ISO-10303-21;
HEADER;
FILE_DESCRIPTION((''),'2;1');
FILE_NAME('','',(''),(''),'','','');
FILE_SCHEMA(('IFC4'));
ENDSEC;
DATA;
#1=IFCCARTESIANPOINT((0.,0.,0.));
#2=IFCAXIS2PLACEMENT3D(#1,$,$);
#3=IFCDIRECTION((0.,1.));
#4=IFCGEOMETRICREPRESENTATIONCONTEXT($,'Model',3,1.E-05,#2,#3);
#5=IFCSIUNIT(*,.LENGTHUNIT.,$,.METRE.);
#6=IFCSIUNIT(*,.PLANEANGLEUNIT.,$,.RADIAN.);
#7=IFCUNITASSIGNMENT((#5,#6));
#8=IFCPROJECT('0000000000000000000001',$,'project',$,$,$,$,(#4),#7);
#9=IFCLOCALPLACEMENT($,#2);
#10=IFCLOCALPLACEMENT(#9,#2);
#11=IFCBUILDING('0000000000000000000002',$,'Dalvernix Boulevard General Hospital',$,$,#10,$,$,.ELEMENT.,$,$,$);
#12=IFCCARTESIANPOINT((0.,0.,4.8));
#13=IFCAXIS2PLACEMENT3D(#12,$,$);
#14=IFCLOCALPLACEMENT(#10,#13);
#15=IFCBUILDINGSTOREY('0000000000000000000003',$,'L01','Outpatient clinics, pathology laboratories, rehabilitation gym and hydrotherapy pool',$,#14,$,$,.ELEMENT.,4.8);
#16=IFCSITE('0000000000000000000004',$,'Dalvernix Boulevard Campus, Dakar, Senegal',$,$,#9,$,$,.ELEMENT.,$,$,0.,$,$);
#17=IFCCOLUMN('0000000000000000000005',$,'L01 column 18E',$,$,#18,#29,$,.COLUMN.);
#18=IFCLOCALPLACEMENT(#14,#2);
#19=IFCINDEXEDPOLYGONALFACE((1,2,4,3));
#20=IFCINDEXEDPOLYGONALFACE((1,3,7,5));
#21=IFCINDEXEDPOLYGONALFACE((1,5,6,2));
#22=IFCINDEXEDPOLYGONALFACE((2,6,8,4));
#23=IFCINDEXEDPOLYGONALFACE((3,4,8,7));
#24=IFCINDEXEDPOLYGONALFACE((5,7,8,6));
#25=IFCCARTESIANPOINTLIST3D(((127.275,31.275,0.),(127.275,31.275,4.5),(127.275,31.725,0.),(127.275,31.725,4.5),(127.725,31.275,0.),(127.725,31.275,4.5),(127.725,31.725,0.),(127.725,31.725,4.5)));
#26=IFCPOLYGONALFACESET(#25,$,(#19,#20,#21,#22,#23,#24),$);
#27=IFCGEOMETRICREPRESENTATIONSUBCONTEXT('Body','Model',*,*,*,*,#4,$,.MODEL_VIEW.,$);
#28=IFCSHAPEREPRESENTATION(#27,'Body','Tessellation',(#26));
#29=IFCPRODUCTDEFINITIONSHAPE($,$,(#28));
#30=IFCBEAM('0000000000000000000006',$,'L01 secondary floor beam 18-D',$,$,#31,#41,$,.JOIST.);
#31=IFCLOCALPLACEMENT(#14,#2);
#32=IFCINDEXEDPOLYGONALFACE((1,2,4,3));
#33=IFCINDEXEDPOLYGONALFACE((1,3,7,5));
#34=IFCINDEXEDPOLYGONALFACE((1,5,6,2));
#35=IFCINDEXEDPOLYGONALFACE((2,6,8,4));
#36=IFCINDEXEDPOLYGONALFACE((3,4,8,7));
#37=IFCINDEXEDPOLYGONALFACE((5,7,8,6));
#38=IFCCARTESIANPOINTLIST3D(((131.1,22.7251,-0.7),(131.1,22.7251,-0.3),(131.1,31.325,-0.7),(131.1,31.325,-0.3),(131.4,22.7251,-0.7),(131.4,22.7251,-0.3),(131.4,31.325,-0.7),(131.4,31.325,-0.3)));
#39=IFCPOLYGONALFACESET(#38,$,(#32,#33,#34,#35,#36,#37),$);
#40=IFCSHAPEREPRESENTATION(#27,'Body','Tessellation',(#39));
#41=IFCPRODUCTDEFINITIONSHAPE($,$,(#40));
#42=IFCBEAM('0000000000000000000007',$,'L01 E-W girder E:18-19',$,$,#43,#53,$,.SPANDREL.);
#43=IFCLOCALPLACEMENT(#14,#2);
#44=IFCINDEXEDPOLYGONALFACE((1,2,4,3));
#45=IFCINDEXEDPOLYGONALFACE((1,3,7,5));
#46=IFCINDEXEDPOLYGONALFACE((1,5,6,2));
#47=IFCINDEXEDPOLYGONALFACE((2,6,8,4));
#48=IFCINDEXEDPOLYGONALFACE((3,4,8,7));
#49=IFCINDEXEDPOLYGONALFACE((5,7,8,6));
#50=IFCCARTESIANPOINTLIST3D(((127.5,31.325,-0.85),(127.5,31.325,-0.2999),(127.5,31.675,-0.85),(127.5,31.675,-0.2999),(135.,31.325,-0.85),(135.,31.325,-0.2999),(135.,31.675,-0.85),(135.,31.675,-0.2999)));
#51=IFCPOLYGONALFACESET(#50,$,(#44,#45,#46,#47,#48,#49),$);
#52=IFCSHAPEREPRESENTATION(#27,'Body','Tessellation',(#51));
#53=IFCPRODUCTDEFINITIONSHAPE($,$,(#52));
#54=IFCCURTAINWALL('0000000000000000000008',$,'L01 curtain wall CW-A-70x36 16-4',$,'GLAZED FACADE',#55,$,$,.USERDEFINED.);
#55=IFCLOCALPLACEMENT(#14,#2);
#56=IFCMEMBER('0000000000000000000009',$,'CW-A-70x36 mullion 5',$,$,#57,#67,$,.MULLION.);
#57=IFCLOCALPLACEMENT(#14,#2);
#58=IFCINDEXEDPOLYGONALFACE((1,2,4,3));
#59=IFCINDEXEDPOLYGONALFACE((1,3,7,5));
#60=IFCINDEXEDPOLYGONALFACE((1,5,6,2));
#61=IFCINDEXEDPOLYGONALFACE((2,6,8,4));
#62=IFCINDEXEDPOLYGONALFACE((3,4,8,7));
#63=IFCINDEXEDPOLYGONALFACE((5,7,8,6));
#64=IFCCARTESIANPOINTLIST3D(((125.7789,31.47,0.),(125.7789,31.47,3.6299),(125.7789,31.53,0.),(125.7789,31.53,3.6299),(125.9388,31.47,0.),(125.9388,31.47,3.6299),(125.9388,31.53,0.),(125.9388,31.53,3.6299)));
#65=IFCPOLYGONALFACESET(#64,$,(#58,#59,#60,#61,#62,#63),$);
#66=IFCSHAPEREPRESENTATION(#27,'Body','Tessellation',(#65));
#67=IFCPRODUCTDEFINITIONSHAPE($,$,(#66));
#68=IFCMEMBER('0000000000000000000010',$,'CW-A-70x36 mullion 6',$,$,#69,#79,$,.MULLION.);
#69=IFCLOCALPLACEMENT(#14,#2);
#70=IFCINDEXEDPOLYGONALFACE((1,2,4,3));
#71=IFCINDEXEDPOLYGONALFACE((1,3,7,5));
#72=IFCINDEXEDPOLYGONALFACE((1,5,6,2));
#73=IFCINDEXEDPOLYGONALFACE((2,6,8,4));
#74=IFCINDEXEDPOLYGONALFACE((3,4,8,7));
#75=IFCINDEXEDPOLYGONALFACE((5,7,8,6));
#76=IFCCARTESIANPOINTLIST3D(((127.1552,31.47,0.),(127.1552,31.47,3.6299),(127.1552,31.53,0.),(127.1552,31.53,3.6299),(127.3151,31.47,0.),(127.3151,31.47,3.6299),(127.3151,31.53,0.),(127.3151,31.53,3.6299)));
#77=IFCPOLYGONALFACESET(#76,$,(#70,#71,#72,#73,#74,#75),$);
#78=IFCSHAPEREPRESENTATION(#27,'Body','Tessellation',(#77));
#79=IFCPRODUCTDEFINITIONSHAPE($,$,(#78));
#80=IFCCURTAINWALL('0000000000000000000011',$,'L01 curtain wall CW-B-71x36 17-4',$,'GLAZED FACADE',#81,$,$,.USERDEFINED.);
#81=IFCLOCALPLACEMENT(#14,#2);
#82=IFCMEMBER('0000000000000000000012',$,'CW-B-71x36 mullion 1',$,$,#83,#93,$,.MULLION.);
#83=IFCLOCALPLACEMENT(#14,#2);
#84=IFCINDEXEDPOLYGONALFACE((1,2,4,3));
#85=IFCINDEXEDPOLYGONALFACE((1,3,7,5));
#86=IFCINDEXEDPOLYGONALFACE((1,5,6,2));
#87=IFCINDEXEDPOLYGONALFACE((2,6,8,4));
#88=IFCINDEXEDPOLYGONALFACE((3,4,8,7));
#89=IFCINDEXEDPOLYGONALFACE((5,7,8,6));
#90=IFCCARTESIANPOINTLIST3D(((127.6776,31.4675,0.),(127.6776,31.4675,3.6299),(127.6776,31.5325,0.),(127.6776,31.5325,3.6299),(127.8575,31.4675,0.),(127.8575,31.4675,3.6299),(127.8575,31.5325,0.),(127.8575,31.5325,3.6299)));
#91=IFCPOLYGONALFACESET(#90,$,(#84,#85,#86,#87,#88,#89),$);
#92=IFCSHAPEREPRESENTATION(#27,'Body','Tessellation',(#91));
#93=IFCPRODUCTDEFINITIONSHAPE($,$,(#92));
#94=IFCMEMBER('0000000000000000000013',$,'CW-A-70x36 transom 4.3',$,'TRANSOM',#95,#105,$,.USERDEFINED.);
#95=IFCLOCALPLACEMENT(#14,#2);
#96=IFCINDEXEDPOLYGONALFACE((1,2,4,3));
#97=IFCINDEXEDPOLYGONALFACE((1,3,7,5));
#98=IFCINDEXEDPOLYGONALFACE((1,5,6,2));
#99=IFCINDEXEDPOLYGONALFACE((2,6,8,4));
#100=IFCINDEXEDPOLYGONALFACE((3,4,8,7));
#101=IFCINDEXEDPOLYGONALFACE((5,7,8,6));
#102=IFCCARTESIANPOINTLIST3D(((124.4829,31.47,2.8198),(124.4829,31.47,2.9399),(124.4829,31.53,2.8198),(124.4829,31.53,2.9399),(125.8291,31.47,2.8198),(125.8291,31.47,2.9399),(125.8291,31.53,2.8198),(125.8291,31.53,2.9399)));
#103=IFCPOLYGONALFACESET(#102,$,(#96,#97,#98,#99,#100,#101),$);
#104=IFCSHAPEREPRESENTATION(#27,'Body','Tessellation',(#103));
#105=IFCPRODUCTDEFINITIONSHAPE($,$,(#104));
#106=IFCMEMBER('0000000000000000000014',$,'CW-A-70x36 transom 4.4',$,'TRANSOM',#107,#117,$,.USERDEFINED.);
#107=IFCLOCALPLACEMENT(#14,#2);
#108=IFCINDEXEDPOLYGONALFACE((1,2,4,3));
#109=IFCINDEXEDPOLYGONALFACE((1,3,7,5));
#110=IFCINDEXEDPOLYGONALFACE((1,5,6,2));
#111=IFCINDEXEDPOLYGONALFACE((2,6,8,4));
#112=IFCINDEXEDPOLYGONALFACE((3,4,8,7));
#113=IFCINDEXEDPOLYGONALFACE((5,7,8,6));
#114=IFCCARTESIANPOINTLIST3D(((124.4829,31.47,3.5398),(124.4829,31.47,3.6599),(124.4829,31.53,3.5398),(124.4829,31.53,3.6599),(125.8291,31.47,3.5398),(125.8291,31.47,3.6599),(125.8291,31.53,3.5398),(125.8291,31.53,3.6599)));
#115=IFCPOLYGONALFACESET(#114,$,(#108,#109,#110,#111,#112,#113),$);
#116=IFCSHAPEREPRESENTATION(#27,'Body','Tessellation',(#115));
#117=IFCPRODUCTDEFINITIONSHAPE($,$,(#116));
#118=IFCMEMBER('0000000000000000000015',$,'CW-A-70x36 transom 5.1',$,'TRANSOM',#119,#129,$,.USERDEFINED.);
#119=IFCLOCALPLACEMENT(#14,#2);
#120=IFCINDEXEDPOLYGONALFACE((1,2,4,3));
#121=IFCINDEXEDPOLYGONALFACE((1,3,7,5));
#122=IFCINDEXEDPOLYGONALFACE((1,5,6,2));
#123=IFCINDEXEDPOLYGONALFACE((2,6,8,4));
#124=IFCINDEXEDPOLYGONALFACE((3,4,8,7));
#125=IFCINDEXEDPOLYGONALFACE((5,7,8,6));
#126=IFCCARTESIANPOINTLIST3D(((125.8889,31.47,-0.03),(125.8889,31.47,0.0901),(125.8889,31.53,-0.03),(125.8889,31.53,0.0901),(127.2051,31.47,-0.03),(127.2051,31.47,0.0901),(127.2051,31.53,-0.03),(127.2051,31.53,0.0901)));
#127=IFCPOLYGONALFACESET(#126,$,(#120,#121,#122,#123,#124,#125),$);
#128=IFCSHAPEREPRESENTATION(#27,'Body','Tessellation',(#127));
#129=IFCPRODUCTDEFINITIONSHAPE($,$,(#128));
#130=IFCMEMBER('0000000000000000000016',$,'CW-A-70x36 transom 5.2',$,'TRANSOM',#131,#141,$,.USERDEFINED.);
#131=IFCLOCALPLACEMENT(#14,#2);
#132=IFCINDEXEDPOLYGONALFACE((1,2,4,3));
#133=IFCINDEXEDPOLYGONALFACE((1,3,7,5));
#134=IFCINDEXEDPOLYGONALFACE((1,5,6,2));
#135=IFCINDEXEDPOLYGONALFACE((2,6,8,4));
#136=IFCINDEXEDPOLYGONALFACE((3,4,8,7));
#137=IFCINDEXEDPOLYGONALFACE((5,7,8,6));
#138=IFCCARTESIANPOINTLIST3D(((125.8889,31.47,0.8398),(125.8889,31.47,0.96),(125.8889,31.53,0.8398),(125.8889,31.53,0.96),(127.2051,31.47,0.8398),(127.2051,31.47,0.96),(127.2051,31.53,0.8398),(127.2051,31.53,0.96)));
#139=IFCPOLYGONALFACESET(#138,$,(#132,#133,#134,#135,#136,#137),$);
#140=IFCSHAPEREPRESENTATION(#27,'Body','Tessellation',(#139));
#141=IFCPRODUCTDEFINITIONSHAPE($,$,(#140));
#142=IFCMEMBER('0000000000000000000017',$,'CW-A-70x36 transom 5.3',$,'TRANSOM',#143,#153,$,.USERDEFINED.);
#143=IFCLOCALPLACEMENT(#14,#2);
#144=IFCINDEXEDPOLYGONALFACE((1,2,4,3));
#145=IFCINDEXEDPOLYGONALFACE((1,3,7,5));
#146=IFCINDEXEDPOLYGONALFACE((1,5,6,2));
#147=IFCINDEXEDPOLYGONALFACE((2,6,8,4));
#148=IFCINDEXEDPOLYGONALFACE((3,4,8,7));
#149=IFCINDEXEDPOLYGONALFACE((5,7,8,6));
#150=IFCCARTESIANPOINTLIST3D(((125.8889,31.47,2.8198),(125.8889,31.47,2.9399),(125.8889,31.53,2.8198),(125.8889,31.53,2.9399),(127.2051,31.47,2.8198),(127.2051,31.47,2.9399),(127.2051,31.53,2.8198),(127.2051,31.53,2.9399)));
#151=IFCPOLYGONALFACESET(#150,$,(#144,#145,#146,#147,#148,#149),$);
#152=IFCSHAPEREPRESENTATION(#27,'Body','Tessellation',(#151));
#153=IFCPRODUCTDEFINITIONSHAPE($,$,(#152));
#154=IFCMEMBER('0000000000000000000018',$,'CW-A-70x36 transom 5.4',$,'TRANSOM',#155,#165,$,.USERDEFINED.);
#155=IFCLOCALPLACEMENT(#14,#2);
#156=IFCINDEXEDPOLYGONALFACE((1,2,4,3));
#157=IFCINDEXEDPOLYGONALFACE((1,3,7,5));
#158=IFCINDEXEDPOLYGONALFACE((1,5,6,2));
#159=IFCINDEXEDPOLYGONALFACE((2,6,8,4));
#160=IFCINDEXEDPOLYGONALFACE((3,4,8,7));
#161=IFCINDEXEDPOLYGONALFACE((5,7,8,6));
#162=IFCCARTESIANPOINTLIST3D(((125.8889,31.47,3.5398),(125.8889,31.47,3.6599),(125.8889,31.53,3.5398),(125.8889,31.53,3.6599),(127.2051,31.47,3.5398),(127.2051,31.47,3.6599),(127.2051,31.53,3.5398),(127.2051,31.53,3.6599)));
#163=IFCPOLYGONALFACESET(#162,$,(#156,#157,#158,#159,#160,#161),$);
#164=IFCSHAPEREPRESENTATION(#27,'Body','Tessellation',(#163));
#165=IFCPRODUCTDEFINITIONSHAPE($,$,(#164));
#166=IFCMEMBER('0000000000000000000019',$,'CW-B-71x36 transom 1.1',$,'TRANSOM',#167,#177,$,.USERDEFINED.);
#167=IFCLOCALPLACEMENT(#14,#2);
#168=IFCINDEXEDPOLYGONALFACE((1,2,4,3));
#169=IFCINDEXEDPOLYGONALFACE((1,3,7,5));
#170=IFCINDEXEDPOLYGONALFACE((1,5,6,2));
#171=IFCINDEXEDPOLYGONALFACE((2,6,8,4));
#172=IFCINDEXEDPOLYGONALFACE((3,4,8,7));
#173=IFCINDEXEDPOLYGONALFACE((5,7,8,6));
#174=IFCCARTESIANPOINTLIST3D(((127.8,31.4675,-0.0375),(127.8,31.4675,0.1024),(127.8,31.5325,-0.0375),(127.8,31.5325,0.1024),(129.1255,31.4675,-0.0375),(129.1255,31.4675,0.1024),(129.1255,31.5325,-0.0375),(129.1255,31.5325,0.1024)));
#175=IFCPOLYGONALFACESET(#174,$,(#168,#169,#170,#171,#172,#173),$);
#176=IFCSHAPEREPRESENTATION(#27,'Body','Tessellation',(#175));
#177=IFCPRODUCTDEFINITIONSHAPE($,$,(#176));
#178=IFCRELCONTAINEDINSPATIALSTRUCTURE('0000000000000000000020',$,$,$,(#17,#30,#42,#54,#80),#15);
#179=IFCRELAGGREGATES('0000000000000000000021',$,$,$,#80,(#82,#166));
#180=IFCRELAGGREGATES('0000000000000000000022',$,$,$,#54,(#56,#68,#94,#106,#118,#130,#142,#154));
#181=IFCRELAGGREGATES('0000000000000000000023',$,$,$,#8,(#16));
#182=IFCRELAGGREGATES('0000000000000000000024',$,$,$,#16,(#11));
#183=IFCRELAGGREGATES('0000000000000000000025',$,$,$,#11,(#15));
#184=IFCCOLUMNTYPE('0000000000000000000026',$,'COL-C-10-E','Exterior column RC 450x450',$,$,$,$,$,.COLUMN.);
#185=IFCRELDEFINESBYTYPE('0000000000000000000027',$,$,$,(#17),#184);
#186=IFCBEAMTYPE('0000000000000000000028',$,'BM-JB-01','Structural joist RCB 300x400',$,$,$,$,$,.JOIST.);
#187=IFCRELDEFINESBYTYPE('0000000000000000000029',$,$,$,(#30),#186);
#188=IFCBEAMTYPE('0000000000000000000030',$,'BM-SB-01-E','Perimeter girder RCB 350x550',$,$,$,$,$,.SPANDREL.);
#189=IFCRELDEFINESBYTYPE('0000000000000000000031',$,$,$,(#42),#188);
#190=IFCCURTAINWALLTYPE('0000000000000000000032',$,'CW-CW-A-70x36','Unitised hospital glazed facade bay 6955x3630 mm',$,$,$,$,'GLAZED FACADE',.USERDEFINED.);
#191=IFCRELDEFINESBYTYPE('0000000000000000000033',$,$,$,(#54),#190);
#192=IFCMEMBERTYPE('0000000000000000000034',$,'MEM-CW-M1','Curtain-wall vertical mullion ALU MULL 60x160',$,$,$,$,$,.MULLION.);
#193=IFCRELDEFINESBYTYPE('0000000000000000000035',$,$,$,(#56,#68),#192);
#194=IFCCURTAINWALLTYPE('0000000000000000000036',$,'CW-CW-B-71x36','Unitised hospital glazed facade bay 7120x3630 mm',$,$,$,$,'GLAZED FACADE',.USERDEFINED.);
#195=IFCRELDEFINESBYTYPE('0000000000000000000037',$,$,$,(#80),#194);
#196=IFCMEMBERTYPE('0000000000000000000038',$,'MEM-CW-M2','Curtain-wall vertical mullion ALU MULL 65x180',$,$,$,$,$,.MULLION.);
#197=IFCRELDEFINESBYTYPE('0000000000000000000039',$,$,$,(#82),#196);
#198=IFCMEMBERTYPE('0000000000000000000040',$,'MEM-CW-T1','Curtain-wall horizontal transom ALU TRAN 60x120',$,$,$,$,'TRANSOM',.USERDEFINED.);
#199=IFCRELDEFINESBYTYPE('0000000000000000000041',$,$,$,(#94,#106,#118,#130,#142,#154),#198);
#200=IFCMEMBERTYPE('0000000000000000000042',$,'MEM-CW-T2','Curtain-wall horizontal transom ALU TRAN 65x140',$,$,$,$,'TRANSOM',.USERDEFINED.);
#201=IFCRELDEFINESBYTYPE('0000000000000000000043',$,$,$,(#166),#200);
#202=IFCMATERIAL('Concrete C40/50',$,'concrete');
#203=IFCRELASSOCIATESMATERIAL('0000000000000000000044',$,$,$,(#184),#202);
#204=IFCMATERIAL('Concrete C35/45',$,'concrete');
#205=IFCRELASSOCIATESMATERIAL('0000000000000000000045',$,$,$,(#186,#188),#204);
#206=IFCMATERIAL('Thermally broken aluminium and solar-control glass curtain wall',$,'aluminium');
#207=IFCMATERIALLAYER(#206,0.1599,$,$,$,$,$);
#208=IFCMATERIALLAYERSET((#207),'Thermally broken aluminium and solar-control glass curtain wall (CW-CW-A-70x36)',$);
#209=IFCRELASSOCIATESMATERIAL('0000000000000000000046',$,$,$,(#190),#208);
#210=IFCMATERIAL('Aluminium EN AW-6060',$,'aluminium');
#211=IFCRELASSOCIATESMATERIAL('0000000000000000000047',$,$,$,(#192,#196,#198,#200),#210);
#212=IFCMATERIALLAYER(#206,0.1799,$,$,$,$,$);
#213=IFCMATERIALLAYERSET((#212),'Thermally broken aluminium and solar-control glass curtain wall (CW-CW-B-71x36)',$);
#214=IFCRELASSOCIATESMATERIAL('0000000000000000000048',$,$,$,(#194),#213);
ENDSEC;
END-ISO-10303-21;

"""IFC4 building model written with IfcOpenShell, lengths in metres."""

from ifc_helpers import new_model, si_unit, direction, frame, origin, origin_2d, place, context, subcontext, project, spatial, rectangle, extrude, material, layer, layer_set, material_profile, profile_set, type_object, element, aggregate, save


model = new_model("IFC4")

# Units and contexts
model_context = context("Model", 3, precision=1e-05, world=origin(), true_north=direction((0.0, 1.0)))
body_context = subcontext(model_context, "Body", "Model", "MODEL_VIEW")
ifc_project = project(units=[si_unit("LENGTHUNIT", "METRE"), si_unit("PLANEANGLEUNIT", "RADIAN")], contexts=[model_context])

# Site, building, storey
site_placement = place(None, origin())
site = spatial("IfcSite", under=ifc_project, at=site_placement, Name="Dalvernix Boulevard Campus, Dakar, Senegal", CompositionType="ELEMENT", RefElevation=0.0)
building_placement = place(site_placement, origin())
building = spatial("IfcBuilding", under=site, at=building_placement, Name="Dalvernix Boulevard General Hospital", CompositionType="ELEMENT")
storey_placement = place(building_placement, frame((0.0, 0.0, 4.8)))
storey = spatial("IfcBuildingStorey", under=building, at=storey_placement, Name="L01", Description="Outpatient clinics, pathology laboratories, rehabilitation gym and hydrotherapy pool", CompositionType="ELEMENT", Elevation=4.8)

# Column
ifc_material_1 = material(Name="Concrete C40/50", Category="concrete")
ifc_material_profile_1 = material_profile(ifc_material_1, rectangle(XDim=0.45, YDim=0.45, at=origin_2d()), Name="RC 450x450")
ifc_profile_set_1 = profile_set([ifc_material_profile_1], Name="Concrete C40/50")
column_type = type_object("IfcColumnType", Name="COL-C-10-E", Description="Exterior column RC 450x450", PredefinedType="COLUMN", material=ifc_profile_set_1)
column_placement = place(storey_placement, frame((127.5, 31.5, 0.0), z_axis=(0.0, 0.0, 1.0), x_axis=(1.0, 0.0, 0.0)))
element("IfcColumn", 1, at=column_placement, inside=storey, type_object=column_type, Name="L01 column 18E", PredefinedType="COLUMN", context=body_context, shape_type="SweptSolid", body=[
    extrude(rectangle(XDim=0.45, YDim=0.45, at=origin_2d()), origin(), (0.0, 0.0, 1.0), 4.5),
])

# Beams
ifc_material_2 = material(Name="Concrete C35/45", Category="concrete")
ifc_material_profile_2 = material_profile(ifc_material_2, rectangle(XDim=0.3, YDim=0.3999, at=origin_2d()), Name="RCB 300x400")
ifc_profile_set_2 = profile_set([ifc_material_profile_2], Name="Concrete C35/45")
beam_type_1 = type_object("IfcBeamType", Name="BM-JB-01", Description="Structural joist RCB 300x400", PredefinedType="JOIST", material=ifc_profile_set_2)
beam_1_placement = place(storey_placement, frame((131.25, 22.7251, -0.5), z_axis=(0.0, 1.0, 0.0), x_axis=(-1.0, 0.0, 0.0)))
element("IfcBeam", 2, at=beam_1_placement, inside=storey, type_object=beam_type_1, Name="L01 secondary floor beam 18-D", PredefinedType="JOIST", context=body_context, shape_type="SweptSolid", body=[
    extrude(rectangle(XDim=0.3, YDim=0.3999, at=origin_2d()), origin(), (0.0, 0.0, 1.0), 8.5999),
])
ifc_material_profile_3 = material_profile(ifc_material_2, rectangle(XDim=0.3501, YDim=0.55, at=origin_2d()), Name="RCB 350x550")
ifc_profile_set_3 = profile_set([ifc_material_profile_3], Name="Concrete C35/45")
beam_type_2 = type_object("IfcBeamType", Name="BM-SB-01-E", Description="Perimeter girder RCB 350x550", PredefinedType="SPANDREL", material=ifc_profile_set_3)
beam_2_placement = place(storey_placement, frame((127.5, 31.5, -0.575), z_axis=(1.0, 0.0, 0.0), x_axis=(0.0, 1.0, 0.0)))
element("IfcBeam", 3, at=beam_2_placement, inside=storey, type_object=beam_type_2, Name="L01 E-W girder E:18-19", PredefinedType="SPANDREL", context=body_context, shape_type="SweptSolid", body=[
    extrude(rectangle(XDim=0.3501, YDim=0.55, at=origin_2d()), origin(), (0.0, 0.0, 1.0), 7.5),
])

# Curtain wall, members
ifc_material_3 = material(Name="Thermally broken aluminium and solar-control glass curtain wall", Category="aluminium")
ifc_layer_1 = layer(ifc_material_3, 0.1599)
ifc_layer_set_1 = layer_set([ifc_layer_1], Name="Thermally broken aluminium and solar-control glass curtain wall (CW-CW-A-70x36)")
curtain_wall_type_1 = type_object("IfcCurtainWallType", Name="CW-CW-A-70x36", Description="Unitised hospital glazed facade bay 6955x3630 mm", ElementType="GLAZED FACADE", PredefinedType="USERDEFINED", material=ifc_layer_set_1)
curtain_wall_1_placement = place(storey_placement, origin())
curtain_wall_1 = element("IfcCurtainWall", 4, at=curtain_wall_1_placement, inside=storey, type_object=curtain_wall_type_1, Name="L01 curtain wall CW-A-70x36 16-4", ObjectType="GLAZED FACADE", PredefinedType="USERDEFINED")
ifc_material_4 = material(Name="Aluminium EN AW-6060", Category="aluminium")
ifc_material_profile_4 = material_profile(ifc_material_4, rectangle(XDim=0.0601, YDim=0.1599, at=origin_2d()), Name="ALU MULL 60x160")
ifc_profile_set_4 = profile_set([ifc_material_profile_4], Name="Aluminium EN AW-6060")
member_type_1 = type_object("IfcMemberType", Name="MEM-CW-M1", Description="Curtain-wall vertical mullion ALU MULL 60x160", PredefinedType="MULLION", material=ifc_profile_set_4)
member_1_placement = place(storey_placement, frame((125.8589, 31.5, 0.0), z_axis=(0.0, 0.0, 1.0), x_axis=(0.0, 1.0, 0.0)))
member_1 = element("IfcMember", 5, at=member_1_placement, type_object=member_type_1, Name="CW-A-70x36 mullion 5", PredefinedType="MULLION", context=body_context, shape_type="SweptSolid", body=[
    extrude(rectangle(XDim=0.0601, YDim=0.1599, at=origin_2d()), origin(), (0.0, 0.0, 1.0), 3.6299),
])
member_2_placement = place(storey_placement, frame((127.2351, 31.5, 0.0), z_axis=(0.0, 0.0, 1.0), x_axis=(0.0, 1.0, 0.0)))
member_2 = element("IfcMember", 6, at=member_2_placement, type_object=member_type_1, Name="CW-A-70x36 mullion 6", PredefinedType="MULLION", context=body_context, shape_type="SweptSolid", body=[
    extrude(rectangle(XDim=0.0601, YDim=0.1599, at=origin_2d()), origin(), (0.0, 0.0, 1.0), 3.6299),
])

# Curtain wall, member
ifc_layer_2 = layer(ifc_material_3, 0.1799)
ifc_layer_set_2 = layer_set([ifc_layer_2], Name="Thermally broken aluminium and solar-control glass curtain wall (CW-CW-B-71x36)")
curtain_wall_type_2 = type_object("IfcCurtainWallType", Name="CW-CW-B-71x36", Description="Unitised hospital glazed facade bay 7120x3630 mm", ElementType="GLAZED FACADE", PredefinedType="USERDEFINED", material=ifc_layer_set_2)
curtain_wall_2_placement = place(storey_placement, origin())
curtain_wall_2 = element("IfcCurtainWall", 7, at=curtain_wall_2_placement, inside=storey, type_object=curtain_wall_type_2, Name="L01 curtain wall CW-B-71x36 17-4", ObjectType="GLAZED FACADE", PredefinedType="USERDEFINED")
ifc_material_profile_5 = material_profile(ifc_material_4, rectangle(XDim=0.0649, YDim=0.1799, at=origin_2d()), Name="ALU MULL 65x180")
ifc_profile_set_5 = profile_set([ifc_material_profile_5], Name="Aluminium EN AW-6060")
member_type_2 = type_object("IfcMemberType", Name="MEM-CW-M2", Description="Curtain-wall vertical mullion ALU MULL 65x180", PredefinedType="MULLION", material=ifc_profile_set_5)
member_3_placement = place(storey_placement, frame((127.7676, 31.5, 0.0), z_axis=(0.0, 0.0, 1.0), x_axis=(0.0, 1.0, 0.0)))
member_3 = element("IfcMember", 8, at=member_3_placement, type_object=member_type_2, Name="CW-B-71x36 mullion 1", PredefinedType="MULLION", context=body_context, shape_type="SweptSolid", body=[
    extrude(rectangle(XDim=0.0649, YDim=0.1799, at=origin_2d()), origin(), (0.0, 0.0, 1.0), 3.6299),
])

# Members
ifc_material_profile_6 = material_profile(ifc_material_4, rectangle(XDim=0.0601, YDim=0.1201, at=origin_2d()), Name="ALU TRAN 60x120")
ifc_profile_set_6 = profile_set([ifc_material_profile_6], Name="Aluminium EN AW-6060")
member_type_3 = type_object("IfcMemberType", Name="MEM-CW-T1", Description="Curtain-wall horizontal transom ALU TRAN 60x120", ElementType="TRANSOM", PredefinedType="USERDEFINED", material=ifc_profile_set_6)
member_4_placement = place(storey_placement, frame((124.4829, 31.5, 2.8799), z_axis=(1.0, 0.0, 0.0), x_axis=(0.0, 1.0, 0.0)))
member_4 = element("IfcMember", 9, at=member_4_placement, type_object=member_type_3, Name="CW-A-70x36 transom 4.3", ObjectType="TRANSOM", PredefinedType="USERDEFINED", context=body_context, shape_type="SweptSolid", body=[
    extrude(rectangle(XDim=0.0601, YDim=0.1201, at=origin_2d()), origin(), (0.0, 0.0, 1.0), 1.3462),
])
member_5_placement = place(storey_placement, frame((124.4829, 31.5, 3.5999), z_axis=(1.0, 0.0, 0.0), x_axis=(0.0, 1.0, 0.0)))
member_5 = element("IfcMember", 10, at=member_5_placement, type_object=member_type_3, Name="CW-A-70x36 transom 4.4", ObjectType="TRANSOM", PredefinedType="USERDEFINED", context=body_context, shape_type="SweptSolid", body=[
    extrude(rectangle(XDim=0.0601, YDim=0.1201, at=origin_2d()), origin(), (0.0, 0.0, 1.0), 1.3462),
])
member_6_placement = place(storey_placement, frame((125.8889, 31.5, 0.03), z_axis=(1.0, 0.0, 0.0), x_axis=(0.0, 1.0, 0.0)))
member_6 = element("IfcMember", 11, at=member_6_placement, type_object=member_type_3, Name="CW-A-70x36 transom 5.1", ObjectType="TRANSOM", PredefinedType="USERDEFINED", context=body_context, shape_type="SweptSolid", body=[
    extrude(rectangle(XDim=0.0601, YDim=0.1201, at=origin_2d()), origin(), (0.0, 0.0, 1.0), 1.3162),
])
member_7_placement = place(storey_placement, frame((125.8889, 31.5, 0.8999), z_axis=(1.0, 0.0, 0.0), x_axis=(0.0, 1.0, 0.0)))
member_7 = element("IfcMember", 12, at=member_7_placement, type_object=member_type_3, Name="CW-A-70x36 transom 5.2", ObjectType="TRANSOM", PredefinedType="USERDEFINED", context=body_context, shape_type="SweptSolid", body=[
    extrude(rectangle(XDim=0.0601, YDim=0.1201, at=origin_2d()), origin(), (0.0, 0.0, 1.0), 1.3162),
])
member_8_placement = place(storey_placement, frame((125.8889, 31.5, 2.8799), z_axis=(1.0, 0.0, 0.0), x_axis=(0.0, 1.0, 0.0)))
member_8 = element("IfcMember", 13, at=member_8_placement, type_object=member_type_3, Name="CW-A-70x36 transom 5.3", ObjectType="TRANSOM", PredefinedType="USERDEFINED", context=body_context, shape_type="SweptSolid", body=[
    extrude(rectangle(XDim=0.0601, YDim=0.1201, at=origin_2d()), origin(), (0.0, 0.0, 1.0), 1.3162),
])
member_9_placement = place(storey_placement, frame((125.8889, 31.5, 3.5999), z_axis=(1.0, 0.0, 0.0), x_axis=(0.0, 1.0, 0.0)))
member_9 = element("IfcMember", 14, at=member_9_placement, type_object=member_type_3, Name="CW-A-70x36 transom 5.4", ObjectType="TRANSOM", PredefinedType="USERDEFINED", context=body_context, shape_type="SweptSolid", body=[
    extrude(rectangle(XDim=0.0601, YDim=0.1201, at=origin_2d()), origin(), (0.0, 0.0, 1.0), 1.3162),
])
ifc_material_profile_7 = material_profile(ifc_material_4, rectangle(XDim=0.0649, YDim=0.1399, at=origin_2d()), Name="ALU TRAN 65x140")
ifc_profile_set_7 = profile_set([ifc_material_profile_7], Name="Aluminium EN AW-6060")
member_type_4 = type_object("IfcMemberType", Name="MEM-CW-T2", Description="Curtain-wall horizontal transom ALU TRAN 65x140", ElementType="TRANSOM", PredefinedType="USERDEFINED", material=ifc_profile_set_7)
member_10_placement = place(storey_placement, frame((127.8, 31.5, 0.0325), z_axis=(1.0, 0.0, 0.0), x_axis=(0.0, 1.0, 0.0)))
member_10 = element("IfcMember", 15, at=member_10_placement, type_object=member_type_4, Name="CW-B-71x36 transom 1.1", ObjectType="TRANSOM", PredefinedType="USERDEFINED", context=body_context, shape_type="SweptSolid", body=[
    extrude(rectangle(XDim=0.0649, YDim=0.1399, at=origin_2d()), origin(), (0.0, 0.0, 1.0), 1.3254),
])
aggregate(curtain_wall_2, [member_3, member_10])

aggregate(curtain_wall_1, [member_1, member_2, member_4, member_5, member_6, member_7, member_8, member_9])

save(model, "model.ifc")
